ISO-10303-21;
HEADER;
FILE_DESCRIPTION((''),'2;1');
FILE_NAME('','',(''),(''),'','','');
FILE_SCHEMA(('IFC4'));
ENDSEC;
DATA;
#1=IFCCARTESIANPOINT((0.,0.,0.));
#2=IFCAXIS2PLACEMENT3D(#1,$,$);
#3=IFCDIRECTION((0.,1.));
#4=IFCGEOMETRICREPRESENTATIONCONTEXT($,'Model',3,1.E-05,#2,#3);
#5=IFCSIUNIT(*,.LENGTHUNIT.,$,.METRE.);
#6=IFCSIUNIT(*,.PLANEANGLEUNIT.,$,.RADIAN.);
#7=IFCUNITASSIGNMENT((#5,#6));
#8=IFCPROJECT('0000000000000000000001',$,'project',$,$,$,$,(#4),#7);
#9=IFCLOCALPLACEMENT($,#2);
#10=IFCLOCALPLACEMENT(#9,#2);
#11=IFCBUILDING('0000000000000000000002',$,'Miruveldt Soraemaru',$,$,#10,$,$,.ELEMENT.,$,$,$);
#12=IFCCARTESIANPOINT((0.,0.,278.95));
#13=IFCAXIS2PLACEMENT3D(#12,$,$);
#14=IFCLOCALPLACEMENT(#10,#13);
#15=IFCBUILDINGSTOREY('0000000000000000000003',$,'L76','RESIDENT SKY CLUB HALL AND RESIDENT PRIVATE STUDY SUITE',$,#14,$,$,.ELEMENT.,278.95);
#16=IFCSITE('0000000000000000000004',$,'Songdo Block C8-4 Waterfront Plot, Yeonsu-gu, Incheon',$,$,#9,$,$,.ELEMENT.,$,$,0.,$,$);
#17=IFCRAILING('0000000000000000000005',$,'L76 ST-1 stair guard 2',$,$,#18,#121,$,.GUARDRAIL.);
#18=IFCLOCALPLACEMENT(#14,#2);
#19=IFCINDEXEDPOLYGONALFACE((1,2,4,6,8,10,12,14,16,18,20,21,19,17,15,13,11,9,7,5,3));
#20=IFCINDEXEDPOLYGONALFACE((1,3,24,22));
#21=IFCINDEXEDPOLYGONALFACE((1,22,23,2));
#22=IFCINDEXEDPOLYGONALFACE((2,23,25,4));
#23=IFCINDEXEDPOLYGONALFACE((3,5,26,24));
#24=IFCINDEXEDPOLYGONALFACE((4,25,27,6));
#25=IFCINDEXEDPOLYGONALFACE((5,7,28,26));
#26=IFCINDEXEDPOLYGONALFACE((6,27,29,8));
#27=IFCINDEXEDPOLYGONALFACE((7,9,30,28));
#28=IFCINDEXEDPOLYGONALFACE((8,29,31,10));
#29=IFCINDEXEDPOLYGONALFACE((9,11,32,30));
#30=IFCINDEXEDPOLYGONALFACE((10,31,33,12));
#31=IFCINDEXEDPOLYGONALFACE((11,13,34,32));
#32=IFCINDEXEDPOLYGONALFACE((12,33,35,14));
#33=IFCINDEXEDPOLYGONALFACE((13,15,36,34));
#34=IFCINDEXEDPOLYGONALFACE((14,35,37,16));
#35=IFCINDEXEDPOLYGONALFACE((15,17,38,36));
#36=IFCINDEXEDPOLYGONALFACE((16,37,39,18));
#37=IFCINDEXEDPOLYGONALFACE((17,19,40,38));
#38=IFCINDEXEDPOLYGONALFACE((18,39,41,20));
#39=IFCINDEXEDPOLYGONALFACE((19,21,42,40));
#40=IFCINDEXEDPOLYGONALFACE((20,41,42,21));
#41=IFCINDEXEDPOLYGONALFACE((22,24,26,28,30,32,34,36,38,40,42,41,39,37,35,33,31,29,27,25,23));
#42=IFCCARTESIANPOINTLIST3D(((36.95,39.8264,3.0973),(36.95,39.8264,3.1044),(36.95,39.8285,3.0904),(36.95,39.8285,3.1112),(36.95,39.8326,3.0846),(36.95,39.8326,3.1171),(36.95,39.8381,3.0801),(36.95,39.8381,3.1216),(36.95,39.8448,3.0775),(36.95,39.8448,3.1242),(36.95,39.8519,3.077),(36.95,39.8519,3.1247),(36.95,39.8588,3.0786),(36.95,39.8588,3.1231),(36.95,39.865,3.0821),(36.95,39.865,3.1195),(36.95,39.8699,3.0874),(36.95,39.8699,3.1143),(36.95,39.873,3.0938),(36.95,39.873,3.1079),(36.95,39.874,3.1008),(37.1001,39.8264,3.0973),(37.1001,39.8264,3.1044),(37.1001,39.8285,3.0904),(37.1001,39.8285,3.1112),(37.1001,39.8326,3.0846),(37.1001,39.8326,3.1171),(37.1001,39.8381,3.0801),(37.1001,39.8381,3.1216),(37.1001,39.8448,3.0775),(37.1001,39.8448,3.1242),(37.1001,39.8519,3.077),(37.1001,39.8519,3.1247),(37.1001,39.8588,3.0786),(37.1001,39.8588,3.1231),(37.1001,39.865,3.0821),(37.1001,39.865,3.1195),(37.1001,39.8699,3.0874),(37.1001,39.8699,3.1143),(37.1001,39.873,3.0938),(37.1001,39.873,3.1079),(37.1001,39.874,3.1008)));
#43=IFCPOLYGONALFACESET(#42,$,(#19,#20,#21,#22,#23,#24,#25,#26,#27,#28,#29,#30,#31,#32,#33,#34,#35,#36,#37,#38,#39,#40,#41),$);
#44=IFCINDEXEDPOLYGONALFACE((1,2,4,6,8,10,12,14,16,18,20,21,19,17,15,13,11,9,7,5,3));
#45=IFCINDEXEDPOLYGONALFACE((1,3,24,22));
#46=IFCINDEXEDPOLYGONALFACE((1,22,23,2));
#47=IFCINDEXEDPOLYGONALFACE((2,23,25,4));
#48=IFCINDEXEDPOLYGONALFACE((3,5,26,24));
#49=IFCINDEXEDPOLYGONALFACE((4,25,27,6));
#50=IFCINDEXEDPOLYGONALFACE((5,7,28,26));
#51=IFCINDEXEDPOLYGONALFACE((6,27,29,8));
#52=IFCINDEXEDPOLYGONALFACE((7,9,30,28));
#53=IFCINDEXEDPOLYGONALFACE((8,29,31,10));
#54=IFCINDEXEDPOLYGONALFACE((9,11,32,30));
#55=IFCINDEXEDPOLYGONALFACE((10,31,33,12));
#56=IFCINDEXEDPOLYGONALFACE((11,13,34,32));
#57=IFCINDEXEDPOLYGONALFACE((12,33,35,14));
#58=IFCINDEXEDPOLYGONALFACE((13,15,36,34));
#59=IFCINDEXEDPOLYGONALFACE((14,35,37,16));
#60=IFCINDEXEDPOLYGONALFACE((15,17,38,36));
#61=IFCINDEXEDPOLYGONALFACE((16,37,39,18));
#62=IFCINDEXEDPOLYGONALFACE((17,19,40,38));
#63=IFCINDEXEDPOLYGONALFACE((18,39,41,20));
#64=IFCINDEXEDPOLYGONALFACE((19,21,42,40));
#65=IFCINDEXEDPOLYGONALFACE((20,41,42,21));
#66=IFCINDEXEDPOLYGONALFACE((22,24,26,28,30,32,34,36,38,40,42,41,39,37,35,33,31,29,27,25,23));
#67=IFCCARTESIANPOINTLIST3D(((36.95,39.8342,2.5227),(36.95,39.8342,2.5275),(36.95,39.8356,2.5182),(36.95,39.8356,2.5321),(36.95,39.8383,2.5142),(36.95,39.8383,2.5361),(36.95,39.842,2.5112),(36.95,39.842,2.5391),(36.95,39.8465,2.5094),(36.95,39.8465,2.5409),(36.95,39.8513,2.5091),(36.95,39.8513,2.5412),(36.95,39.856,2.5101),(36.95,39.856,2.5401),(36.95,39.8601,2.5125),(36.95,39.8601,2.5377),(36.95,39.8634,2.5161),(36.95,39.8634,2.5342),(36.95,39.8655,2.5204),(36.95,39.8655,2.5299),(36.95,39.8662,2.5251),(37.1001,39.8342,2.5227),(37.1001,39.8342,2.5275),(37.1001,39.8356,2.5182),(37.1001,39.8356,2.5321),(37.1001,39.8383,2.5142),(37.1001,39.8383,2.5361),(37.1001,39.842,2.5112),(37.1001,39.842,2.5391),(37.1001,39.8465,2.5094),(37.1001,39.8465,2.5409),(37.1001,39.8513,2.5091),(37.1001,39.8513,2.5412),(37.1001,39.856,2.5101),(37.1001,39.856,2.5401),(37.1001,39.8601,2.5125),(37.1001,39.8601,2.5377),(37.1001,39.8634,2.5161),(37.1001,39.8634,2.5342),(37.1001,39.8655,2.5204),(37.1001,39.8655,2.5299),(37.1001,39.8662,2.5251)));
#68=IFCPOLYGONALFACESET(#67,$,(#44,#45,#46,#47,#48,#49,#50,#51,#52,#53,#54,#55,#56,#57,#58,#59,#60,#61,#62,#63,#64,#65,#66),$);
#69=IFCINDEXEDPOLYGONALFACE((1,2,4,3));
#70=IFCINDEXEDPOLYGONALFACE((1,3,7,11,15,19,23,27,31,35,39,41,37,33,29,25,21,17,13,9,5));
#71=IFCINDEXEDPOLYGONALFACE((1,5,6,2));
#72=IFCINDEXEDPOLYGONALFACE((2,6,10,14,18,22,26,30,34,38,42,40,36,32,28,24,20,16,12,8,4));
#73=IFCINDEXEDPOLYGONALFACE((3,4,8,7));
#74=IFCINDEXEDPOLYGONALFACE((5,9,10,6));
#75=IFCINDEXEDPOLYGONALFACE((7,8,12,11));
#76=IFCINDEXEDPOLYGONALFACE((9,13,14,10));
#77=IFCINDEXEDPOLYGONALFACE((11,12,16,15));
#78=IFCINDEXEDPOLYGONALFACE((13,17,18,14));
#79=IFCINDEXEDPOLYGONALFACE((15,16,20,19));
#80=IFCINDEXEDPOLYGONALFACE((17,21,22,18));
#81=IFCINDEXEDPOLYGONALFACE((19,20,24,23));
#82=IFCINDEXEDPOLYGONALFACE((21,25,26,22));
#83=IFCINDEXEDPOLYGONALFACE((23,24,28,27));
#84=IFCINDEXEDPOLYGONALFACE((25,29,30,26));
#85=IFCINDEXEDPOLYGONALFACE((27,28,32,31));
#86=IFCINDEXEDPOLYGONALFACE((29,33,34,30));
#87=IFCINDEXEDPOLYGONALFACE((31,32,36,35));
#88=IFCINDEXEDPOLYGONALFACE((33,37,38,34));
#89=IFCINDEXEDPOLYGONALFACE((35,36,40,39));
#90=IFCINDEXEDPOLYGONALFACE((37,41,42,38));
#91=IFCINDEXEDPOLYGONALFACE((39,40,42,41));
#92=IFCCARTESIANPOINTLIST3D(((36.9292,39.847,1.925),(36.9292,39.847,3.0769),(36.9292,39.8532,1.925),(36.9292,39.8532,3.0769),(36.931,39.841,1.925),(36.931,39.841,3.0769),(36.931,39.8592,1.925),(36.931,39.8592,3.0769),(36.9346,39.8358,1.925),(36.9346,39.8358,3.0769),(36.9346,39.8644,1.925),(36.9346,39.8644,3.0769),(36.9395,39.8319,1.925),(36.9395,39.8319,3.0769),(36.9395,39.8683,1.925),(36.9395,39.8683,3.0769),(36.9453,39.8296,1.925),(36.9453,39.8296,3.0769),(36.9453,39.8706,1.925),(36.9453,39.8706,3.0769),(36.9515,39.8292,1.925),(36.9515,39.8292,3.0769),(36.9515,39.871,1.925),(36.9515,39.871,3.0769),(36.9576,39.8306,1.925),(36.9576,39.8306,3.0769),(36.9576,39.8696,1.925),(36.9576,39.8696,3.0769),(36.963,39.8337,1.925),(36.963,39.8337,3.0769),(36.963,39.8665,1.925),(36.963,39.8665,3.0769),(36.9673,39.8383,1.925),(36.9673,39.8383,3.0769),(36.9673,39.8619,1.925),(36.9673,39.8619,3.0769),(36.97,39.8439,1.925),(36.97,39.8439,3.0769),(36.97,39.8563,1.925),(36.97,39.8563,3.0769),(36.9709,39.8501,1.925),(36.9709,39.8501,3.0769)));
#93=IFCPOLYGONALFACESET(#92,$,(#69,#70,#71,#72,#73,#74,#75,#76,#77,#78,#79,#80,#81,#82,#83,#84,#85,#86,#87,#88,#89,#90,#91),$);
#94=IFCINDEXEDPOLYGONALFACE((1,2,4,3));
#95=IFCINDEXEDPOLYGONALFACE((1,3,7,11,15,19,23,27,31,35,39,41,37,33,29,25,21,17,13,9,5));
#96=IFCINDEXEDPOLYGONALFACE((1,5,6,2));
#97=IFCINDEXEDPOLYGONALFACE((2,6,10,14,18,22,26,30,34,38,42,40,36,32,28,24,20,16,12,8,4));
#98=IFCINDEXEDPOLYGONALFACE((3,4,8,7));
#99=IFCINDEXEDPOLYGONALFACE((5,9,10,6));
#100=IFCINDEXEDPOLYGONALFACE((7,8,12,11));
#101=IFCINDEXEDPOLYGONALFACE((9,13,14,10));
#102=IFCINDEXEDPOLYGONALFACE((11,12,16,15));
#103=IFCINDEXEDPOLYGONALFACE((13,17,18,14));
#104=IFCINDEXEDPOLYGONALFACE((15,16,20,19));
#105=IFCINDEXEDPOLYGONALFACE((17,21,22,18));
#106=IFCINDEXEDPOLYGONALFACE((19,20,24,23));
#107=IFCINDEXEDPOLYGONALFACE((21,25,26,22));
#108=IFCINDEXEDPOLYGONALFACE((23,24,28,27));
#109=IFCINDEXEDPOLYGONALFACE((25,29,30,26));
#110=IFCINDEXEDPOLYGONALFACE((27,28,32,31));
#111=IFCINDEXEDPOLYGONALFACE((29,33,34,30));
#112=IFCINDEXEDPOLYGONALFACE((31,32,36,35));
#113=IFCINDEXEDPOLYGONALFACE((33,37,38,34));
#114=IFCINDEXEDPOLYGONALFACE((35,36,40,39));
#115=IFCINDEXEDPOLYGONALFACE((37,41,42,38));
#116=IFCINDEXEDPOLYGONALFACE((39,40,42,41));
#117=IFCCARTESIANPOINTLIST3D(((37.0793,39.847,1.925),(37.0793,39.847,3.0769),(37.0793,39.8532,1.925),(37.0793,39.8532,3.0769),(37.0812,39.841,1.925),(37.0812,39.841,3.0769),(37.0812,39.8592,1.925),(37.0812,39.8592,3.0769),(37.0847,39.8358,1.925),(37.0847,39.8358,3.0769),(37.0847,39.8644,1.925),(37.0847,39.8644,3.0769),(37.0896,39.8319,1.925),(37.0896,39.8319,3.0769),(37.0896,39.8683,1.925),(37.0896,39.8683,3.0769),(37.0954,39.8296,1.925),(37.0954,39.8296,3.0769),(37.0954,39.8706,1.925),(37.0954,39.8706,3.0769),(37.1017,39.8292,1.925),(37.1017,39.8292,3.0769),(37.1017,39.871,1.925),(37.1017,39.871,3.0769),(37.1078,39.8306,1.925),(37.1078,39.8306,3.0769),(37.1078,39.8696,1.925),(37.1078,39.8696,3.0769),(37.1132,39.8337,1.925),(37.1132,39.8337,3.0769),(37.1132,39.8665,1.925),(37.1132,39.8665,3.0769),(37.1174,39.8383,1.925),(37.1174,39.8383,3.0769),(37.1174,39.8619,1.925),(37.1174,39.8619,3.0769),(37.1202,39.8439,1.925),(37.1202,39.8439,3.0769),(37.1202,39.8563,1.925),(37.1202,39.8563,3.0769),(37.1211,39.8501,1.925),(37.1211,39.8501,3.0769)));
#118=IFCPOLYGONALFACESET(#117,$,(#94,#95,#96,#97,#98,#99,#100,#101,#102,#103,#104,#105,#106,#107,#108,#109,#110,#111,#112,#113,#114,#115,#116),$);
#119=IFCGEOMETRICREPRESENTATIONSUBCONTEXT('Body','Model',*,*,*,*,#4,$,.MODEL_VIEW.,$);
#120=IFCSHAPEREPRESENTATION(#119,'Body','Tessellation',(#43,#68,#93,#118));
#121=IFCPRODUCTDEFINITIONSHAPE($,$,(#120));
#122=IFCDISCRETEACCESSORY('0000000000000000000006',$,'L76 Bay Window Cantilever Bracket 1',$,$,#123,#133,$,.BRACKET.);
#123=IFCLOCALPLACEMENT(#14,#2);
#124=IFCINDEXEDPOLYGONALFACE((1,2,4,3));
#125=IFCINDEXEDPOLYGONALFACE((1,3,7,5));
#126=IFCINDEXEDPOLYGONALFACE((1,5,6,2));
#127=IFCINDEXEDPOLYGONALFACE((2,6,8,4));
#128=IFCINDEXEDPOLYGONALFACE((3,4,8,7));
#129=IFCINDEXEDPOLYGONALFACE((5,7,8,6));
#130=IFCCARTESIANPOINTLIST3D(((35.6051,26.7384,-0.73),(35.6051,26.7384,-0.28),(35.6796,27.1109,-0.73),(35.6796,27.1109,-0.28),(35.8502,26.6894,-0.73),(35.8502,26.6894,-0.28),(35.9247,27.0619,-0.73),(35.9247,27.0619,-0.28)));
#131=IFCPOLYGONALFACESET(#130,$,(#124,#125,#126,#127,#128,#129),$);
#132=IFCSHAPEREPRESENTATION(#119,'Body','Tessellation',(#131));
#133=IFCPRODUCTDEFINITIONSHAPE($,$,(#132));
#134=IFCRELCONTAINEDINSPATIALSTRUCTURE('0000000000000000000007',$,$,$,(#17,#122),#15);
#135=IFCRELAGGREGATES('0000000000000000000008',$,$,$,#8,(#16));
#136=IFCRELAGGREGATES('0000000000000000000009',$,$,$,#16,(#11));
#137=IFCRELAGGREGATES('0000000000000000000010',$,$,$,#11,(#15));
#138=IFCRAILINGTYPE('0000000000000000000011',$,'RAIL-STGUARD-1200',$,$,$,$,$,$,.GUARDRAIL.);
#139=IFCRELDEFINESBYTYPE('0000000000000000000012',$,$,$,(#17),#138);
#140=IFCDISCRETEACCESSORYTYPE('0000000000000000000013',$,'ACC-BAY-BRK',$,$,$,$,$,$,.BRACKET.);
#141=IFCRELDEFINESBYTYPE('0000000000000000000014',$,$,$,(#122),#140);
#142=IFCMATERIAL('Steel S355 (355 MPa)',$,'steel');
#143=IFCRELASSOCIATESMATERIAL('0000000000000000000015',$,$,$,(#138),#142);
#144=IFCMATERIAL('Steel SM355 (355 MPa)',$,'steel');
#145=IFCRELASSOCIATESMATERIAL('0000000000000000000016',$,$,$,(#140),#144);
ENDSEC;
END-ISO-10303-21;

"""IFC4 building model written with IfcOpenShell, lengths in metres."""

from ifc_helpers import new_model, si_unit, direction, frame, origin, origin_2d, place, context, subcontext, project, spatial, rectangle, circle, extrude, material, type_object, element, save


model = new_model("IFC4")

# Units and contexts
model_context = context("Model", 3, precision=1e-05, world=origin(), true_north=direction((0.0, 1.0)))
body_context = subcontext(model_context, "Body", "Model", "MODEL_VIEW")
ifc_project = project(units=[si_unit("LENGTHUNIT", "METRE"), si_unit("PLANEANGLEUNIT", "RADIAN")], contexts=[model_context])

# Site, building, storey
site_placement = place(None, origin())
site = spatial("IfcSite", under=ifc_project, at=site_placement, Name="Songdo Block C8-4 Waterfront Plot, Yeonsu-gu, Incheon", CompositionType="ELEMENT", RefElevation=0.0)
building_placement = place(site_placement, origin())
building = spatial("IfcBuilding", under=site, at=building_placement, Name="Miruveldt Soraemaru", CompositionType="ELEMENT")
storey_placement = place(building_placement, frame((0.0, 0.0, 278.95)))
storey = spatial("IfcBuildingStorey", under=building, at=storey_placement, Name="L76", Description="RESIDENT SKY CLUB HALL AND RESIDENT PRIVATE STUDY SUITE", CompositionType="ELEMENT", Elevation=278.95)

# Shared definitions
ifc_material_1 = material(Name="Steel SM355 (355 MPa)", Category="steel")

# Railing
ifc_material_2 = material(Name="Steel S355 (355 MPa)", Category="steel")
railing_type = type_object("IfcRailingType", Name="RAIL-STGUARD-1200", PredefinedType="GUARDRAIL", material=ifc_material_2)
railing_placement = place(storey_placement, frame((36.95, 39.8501, 1.925)))
element("IfcRailing", 1, at=railing_placement, inside=storey, type_object=railing_type, Name="L76 ST-1 stair guard 2", PredefinedType="GUARDRAIL", context=body_context, shape_type="SweptSolid", body=[
    extrude(circle(Radius=0.0239, at=origin_2d()), frame((0.0, 0.0, 1.1758), z_axis=(1.0, 0.0, 0.0), x_axis=(0.0, 1.0, 0.0)), (0.0, 0.0, 1.0), 0.1501),
    extrude(circle(Radius=0.0161, at=origin_2d()), frame((0.0, 0.0, 0.6001), z_axis=(1.0, 0.0, 0.0), x_axis=(0.0, 1.0, 0.0)), (0.0, 0.0, 1.0), 0.1501),
    extrude(circle(Radius=0.021, at=origin_2d()), origin(), (0.0, 0.0, 1.0), 1.1519),
    extrude(circle(Radius=0.021, at=origin_2d()), frame((0.1501, 0.0, 0.0)), (0.0, 0.0, 1.0), 1.1519),
])

# Discrete accessory
discrete_accessory_type = type_object("IfcDiscreteAccessoryType", Name="ACC-BAY-BRK", PredefinedType="BRACKET", material=ifc_material_1)
discrete_accessory_placement = place(storey_placement, frame((35.7649, 26.9001, -0.73), z_axis=(0.0, 0.0, 1.0), x_axis=(-0.196117, -0.98058, 0.0)))
element("IfcDiscreteAccessory", 2, at=discrete_accessory_placement, inside=storey, type_object=discrete_accessory_type, Name="L76 Bay Window Cantilever Bracket 1", PredefinedType="BRACKET", context=body_context, shape_type="SweptSolid", body=[
    extrude(rectangle(XDim=0.3799, YDim=0.25, at=origin_2d()), origin(), (0.0, 0.0, 1.0), 0.45),
])

save(model, "model.ifc")
